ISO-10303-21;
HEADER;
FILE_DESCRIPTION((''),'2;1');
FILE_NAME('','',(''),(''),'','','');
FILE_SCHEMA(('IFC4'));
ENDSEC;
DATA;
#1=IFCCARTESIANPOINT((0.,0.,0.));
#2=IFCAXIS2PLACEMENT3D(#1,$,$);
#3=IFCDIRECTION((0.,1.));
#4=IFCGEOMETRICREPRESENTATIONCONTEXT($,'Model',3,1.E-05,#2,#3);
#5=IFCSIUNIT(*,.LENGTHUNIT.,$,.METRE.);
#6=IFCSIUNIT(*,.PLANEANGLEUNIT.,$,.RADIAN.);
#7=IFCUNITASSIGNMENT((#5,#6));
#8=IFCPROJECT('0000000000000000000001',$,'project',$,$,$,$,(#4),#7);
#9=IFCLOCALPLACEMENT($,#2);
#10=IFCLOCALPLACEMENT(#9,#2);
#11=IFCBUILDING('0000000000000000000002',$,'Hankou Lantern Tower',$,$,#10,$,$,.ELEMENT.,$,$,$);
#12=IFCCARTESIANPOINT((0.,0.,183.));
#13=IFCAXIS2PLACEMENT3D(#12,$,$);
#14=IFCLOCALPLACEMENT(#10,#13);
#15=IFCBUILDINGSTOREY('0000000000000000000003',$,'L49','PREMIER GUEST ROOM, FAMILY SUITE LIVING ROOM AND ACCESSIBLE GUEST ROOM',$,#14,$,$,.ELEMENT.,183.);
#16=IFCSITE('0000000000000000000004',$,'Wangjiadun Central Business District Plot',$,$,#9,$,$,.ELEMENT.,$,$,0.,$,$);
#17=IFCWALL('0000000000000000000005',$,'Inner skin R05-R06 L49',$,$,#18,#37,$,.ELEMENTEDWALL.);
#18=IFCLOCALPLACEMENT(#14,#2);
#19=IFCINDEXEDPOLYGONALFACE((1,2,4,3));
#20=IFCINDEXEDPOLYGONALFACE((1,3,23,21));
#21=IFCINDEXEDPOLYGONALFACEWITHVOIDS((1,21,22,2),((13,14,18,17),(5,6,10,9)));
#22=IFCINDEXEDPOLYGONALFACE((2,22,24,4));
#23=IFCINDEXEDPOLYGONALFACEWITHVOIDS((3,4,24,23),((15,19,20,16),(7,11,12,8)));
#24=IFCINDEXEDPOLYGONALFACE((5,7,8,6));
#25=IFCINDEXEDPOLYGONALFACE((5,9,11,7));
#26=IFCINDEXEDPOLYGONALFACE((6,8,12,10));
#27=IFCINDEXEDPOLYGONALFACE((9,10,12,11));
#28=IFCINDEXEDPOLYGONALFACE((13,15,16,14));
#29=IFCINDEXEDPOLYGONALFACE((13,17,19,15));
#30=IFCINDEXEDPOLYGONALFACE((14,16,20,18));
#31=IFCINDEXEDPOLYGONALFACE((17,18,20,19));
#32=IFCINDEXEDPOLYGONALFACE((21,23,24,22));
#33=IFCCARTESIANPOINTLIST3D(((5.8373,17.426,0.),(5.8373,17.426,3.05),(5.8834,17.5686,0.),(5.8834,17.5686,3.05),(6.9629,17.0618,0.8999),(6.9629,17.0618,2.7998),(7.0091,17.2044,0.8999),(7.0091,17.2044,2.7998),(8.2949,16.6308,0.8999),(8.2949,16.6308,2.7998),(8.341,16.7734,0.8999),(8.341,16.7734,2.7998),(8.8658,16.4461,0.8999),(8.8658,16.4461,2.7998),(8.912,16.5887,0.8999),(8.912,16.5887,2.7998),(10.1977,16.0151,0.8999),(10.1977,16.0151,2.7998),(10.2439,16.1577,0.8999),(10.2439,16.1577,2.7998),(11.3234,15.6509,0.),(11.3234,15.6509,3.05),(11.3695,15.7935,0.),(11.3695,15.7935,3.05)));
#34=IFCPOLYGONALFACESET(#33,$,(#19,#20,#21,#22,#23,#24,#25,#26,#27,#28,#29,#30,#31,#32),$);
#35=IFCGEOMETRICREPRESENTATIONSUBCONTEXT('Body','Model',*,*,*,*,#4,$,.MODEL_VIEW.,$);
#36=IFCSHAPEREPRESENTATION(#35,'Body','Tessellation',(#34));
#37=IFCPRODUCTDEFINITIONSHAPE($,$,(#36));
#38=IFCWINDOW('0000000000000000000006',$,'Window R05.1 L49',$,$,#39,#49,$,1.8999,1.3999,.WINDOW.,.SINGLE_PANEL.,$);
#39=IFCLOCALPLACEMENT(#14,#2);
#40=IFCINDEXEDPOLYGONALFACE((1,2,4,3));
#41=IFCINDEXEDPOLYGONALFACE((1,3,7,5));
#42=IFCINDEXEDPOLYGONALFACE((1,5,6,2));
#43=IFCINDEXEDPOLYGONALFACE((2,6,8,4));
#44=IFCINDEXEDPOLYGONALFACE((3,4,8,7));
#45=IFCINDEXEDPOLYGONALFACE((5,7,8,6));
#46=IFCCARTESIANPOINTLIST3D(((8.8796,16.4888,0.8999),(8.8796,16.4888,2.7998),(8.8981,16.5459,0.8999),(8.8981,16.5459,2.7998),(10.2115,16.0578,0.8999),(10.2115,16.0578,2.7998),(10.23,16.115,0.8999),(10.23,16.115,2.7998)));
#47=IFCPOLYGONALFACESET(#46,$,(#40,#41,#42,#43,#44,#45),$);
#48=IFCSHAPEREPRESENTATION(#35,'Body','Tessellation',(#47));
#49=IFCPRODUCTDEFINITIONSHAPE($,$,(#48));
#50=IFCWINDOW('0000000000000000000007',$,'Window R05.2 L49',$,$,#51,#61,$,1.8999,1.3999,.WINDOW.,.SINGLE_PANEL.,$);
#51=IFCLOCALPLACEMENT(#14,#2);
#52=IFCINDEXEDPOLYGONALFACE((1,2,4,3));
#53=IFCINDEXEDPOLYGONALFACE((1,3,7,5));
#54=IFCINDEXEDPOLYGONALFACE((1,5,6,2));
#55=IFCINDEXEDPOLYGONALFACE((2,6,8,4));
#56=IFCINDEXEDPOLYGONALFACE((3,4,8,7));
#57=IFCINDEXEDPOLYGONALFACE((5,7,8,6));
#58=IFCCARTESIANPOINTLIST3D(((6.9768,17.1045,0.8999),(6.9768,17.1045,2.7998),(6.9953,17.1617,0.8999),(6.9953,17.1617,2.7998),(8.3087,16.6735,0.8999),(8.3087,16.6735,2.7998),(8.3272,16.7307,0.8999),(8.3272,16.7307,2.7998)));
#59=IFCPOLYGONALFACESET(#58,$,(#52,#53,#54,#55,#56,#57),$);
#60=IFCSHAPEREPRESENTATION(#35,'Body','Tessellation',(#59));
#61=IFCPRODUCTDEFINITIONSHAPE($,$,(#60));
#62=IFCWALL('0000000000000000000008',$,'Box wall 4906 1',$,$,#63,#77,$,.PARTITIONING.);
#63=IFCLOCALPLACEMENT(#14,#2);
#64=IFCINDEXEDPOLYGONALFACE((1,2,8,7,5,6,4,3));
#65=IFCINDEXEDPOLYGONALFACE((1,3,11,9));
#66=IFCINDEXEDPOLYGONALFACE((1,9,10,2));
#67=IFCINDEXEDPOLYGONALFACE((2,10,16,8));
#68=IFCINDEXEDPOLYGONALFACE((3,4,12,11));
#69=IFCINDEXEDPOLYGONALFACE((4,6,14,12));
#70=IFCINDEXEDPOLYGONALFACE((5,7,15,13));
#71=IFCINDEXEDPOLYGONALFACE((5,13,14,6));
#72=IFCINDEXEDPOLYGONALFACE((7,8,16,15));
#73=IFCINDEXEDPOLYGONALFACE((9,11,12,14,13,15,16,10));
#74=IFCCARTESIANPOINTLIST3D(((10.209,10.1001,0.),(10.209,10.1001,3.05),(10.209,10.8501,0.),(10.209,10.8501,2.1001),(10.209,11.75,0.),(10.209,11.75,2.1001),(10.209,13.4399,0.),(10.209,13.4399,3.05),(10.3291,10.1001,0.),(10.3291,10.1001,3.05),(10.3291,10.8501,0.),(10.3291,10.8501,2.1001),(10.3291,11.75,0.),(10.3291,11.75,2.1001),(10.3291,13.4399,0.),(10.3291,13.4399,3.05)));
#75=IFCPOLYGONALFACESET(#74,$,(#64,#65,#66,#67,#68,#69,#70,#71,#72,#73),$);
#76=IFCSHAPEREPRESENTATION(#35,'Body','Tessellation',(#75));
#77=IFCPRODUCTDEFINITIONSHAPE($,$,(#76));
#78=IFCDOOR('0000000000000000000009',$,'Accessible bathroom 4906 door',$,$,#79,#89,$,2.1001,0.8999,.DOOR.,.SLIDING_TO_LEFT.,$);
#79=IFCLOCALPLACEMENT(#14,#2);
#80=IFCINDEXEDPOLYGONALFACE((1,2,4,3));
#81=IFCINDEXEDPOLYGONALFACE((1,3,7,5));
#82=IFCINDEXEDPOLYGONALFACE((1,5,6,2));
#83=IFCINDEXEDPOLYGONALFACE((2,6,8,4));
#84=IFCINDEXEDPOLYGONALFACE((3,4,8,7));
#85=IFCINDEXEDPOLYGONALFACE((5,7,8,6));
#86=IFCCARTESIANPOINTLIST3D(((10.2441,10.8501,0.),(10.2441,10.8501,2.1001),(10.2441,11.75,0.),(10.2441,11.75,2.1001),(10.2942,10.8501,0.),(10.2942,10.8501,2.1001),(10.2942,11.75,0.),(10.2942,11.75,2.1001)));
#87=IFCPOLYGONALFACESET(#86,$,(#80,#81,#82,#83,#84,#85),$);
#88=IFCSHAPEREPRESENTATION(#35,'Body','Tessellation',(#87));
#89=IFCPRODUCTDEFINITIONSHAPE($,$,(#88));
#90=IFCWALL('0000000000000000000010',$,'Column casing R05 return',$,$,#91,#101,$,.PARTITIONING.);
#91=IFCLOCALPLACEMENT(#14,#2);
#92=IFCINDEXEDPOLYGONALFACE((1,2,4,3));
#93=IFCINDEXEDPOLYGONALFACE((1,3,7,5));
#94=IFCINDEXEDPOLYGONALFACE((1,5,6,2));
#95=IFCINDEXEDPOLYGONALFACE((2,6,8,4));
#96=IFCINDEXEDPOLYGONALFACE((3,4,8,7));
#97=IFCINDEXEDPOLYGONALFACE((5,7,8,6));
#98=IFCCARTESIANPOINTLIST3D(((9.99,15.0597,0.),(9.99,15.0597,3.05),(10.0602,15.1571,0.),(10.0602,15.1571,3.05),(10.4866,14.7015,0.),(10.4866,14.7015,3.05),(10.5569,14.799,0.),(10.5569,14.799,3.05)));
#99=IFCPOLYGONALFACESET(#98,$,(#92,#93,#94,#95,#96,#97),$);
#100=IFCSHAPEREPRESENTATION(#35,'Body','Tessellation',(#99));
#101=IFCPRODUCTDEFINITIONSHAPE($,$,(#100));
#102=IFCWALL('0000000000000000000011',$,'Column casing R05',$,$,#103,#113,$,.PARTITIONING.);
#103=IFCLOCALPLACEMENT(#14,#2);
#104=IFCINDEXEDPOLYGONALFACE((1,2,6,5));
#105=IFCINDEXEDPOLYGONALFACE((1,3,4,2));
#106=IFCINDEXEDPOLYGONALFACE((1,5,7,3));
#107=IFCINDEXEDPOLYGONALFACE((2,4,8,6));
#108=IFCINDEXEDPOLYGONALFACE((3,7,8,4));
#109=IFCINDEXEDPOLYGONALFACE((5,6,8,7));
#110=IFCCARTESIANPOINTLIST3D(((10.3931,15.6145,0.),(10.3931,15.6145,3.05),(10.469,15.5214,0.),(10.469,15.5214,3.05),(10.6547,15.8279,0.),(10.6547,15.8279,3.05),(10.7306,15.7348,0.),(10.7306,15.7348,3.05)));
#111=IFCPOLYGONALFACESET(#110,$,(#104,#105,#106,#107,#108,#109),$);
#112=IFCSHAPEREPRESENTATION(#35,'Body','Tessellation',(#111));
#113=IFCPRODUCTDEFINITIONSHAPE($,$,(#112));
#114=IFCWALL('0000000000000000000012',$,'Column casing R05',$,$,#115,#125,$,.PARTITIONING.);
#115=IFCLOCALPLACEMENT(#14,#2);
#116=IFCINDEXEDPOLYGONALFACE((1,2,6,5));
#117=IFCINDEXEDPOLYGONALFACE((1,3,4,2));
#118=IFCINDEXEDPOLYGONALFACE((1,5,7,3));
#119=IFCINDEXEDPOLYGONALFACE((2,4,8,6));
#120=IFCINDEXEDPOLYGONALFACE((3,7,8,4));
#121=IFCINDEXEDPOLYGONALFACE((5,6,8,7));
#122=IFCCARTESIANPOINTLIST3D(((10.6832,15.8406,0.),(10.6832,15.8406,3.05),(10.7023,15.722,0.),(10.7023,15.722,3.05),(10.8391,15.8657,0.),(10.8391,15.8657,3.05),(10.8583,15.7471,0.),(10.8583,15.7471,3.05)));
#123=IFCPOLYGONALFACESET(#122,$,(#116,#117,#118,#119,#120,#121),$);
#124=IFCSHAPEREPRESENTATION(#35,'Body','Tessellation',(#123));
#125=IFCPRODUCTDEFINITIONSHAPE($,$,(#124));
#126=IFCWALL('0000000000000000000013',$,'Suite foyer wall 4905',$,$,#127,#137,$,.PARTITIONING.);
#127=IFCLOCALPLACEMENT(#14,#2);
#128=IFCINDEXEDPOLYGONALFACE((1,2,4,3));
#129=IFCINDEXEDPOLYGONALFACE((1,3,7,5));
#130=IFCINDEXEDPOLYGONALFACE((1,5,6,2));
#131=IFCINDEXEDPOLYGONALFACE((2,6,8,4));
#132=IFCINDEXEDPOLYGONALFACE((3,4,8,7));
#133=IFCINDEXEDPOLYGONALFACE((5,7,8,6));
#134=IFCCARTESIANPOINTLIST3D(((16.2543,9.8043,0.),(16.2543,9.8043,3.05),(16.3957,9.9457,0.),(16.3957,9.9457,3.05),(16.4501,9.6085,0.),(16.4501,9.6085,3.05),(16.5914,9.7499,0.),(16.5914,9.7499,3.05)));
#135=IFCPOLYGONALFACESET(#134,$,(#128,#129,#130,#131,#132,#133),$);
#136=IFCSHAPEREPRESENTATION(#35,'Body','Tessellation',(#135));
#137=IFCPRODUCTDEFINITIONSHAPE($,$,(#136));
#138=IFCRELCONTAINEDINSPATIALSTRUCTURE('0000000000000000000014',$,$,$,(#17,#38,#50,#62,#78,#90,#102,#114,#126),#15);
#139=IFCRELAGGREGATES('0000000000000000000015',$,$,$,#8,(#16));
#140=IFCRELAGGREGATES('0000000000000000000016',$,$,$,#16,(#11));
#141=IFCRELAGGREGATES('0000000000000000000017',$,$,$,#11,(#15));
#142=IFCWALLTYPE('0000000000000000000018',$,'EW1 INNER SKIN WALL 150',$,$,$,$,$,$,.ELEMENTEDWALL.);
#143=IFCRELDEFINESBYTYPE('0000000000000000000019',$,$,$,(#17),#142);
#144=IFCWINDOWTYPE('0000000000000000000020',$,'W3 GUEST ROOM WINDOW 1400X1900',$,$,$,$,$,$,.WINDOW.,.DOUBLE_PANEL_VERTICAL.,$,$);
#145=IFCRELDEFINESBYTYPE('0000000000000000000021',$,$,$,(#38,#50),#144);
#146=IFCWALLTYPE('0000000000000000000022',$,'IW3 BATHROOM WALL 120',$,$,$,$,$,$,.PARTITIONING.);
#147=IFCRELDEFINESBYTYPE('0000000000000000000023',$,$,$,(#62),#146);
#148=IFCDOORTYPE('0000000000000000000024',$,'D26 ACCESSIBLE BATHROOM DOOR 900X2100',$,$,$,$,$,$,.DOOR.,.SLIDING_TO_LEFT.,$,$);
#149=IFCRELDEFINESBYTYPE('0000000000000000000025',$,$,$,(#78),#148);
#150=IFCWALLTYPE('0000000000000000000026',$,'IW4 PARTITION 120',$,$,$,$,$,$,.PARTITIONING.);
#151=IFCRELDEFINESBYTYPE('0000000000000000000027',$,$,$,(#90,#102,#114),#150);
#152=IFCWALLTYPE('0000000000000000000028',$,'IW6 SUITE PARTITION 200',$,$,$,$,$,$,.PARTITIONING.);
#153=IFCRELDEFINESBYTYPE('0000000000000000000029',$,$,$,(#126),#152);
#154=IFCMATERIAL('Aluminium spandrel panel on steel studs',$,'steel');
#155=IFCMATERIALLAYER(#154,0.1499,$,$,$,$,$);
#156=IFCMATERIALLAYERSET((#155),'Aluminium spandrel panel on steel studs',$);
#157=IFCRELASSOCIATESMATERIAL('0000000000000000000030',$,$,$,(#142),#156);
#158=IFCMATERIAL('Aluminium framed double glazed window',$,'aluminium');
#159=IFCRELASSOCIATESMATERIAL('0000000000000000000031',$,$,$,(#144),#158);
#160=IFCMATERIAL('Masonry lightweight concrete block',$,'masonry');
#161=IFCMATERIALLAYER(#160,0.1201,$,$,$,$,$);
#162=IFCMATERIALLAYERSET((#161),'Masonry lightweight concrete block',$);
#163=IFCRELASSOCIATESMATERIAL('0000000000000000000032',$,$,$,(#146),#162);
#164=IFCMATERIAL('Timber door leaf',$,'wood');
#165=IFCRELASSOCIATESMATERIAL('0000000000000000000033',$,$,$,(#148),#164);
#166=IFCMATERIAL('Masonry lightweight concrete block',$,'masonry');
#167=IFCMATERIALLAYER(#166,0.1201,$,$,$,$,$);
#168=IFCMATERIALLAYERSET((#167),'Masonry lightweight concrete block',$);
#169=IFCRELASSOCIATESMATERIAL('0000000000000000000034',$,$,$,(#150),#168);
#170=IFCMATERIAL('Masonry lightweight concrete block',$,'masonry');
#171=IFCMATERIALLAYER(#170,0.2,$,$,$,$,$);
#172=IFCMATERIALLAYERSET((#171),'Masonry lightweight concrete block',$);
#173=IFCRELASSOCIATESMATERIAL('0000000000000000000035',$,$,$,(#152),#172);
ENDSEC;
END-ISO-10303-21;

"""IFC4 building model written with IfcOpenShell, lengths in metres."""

from ifc_helpers import new_model, si_unit, direction, frame, frame_2d, origin, place, context, subcontext, project, spatial, rectangle, extrude, material, layer, layer_set, type_object, element, fill, save


model = new_model("IFC4")

# Units and contexts
model_context = context("Model", 3, precision=1e-05, world=origin(), true_north=direction((0.0, 1.0)))
body_context = subcontext(model_context, "Body", "Model", "MODEL_VIEW")
ifc_project = project(units=[si_unit("LENGTHUNIT", "METRE"), si_unit("PLANEANGLEUNIT", "RADIAN")], contexts=[model_context])

# Site, building, storey
site_placement = place(None, origin())
site = spatial("IfcSite", under=ifc_project, at=site_placement, Name="Wangjiadun Central Business District Plot", CompositionType="ELEMENT", RefElevation=0.0)
building_placement = place(site_placement, origin())
building = spatial("IfcBuilding", under=site, at=building_placement, Name="Hankou Lantern Tower", CompositionType="ELEMENT")
storey_placement = place(building_placement, frame((0.0, 0.0, 183.0)))
storey = spatial("IfcBuildingStorey", under=building, at=storey_placement, Name="L49", Description="PREMIER GUEST ROOM, FAMILY SUITE LIVING ROOM AND ACCESSIBLE GUEST ROOM", CompositionType="ELEMENT", Elevation=183.0)

# Wall, openings, windows
ifc_material_1 = material(Name="Aluminium spandrel panel on steel studs", Category="steel")
ifc_layer_1 = layer(ifc_material_1, 0.1499)
ifc_layer_set_1 = layer_set([ifc_layer_1], Name="Aluminium spandrel panel on steel studs")
wall_type_1 = type_object("IfcWallType", Name="EW1 INNER SKIN WALL 150", PredefinedType="ELEMENTEDWALL", material=ifc_layer_set_1)
ifc_material_2 = material(Name="Aluminium framed double glazed window", Category="aluminium")
window_type = type_object("IfcWindowType", Name="W3 GUEST ROOM WINDOW 1400X1900", PartitioningType="DOUBLE_PANEL_VERTICAL", PredefinedType="WINDOW", material=ifc_material_2)
wall_1_placement = place(storey_placement, frame((11.3464, 15.7222, 0.0), z_axis=(0.0, 0.0, 1.0), x_axis=(-0.951432, 0.307857, 0.0)))
wall_1 = element("IfcWall", 1, at=wall_1_placement, inside=storey, type_object=wall_type_1, Name="Inner skin R05-R06 L49", PredefinedType="ELEMENTEDWALL", context=body_context, shape_type="SweptSolid", body=[
    extrude(rectangle(XDim=5.7661, YDim=0.1499, at=frame_2d((2.8831, 0.0))), origin(), (0.0, 0.0, 1.0), 3.05),
])
opening_1_placement = place(wall_1_placement, frame((1.1831, 0.0, 0.8999)))
opening_1 = element("IfcOpeningElement", 2, at=opening_1_placement, cuts=wall_1, PredefinedType="OPENING", context=body_context, shape_type="SweptSolid", body=[
    extrude(rectangle(XDim=1.3999, YDim=1.8999, at=frame_2d((0.7, 0.95))), frame((0.0, 0.085, 0.0), z_axis=(0.0, -1.0, 0.0), x_axis=(1.0, 0.0, 0.0)), (0.0, 0.0, 1.0), 0.1699),
])
opening_2_placement = place(wall_1_placement, frame((3.1831, 0.0, 0.8999)))
opening_2 = element("IfcOpeningElement", 3, at=opening_2_placement, cuts=wall_1, PredefinedType="OPENING", context=body_context, shape_type="SweptSolid", body=[
    extrude(rectangle(XDim=1.3999, YDim=1.8999, at=frame_2d((0.7, 0.95))), frame((0.0, 0.085, 0.0), z_axis=(0.0, -1.0, 0.0), x_axis=(1.0, 0.0, 0.0)), (0.0, 0.0, 1.0), 0.1699),
])
window_1_placement = place(opening_1_placement, origin())
window_1 = element("IfcWindow", 4, at=window_1_placement, inside=storey, type_object=window_type, Name="Window R05.1 L49", OverallHeight=1.8999, OverallWidth=1.3999, PartitioningType="SINGLE_PANEL", PredefinedType="WINDOW", context=body_context, shape_type="SweptSolid", body=[
    extrude(rectangle(XDim=1.3999, YDim=1.8999, at=frame_2d((0.7, 0.95))), frame((0.0, 0.03, 0.0), z_axis=(0.0, -1.0, 0.0), x_axis=(1.0, 0.0, 0.0)), (0.0, 0.0, 1.0), 0.0601),
])
fill(opening_1, window_1)
window_2_placement = place(opening_2_placement, origin())
window_2 = element("IfcWindow", 5, at=window_2_placement, inside=storey, type_object=window_type, Name="Window R05.2 L49", OverallHeight=1.8999, OverallWidth=1.3999, PartitioningType="SINGLE_PANEL", PredefinedType="WINDOW", context=body_context, shape_type="SweptSolid", body=[
    extrude(rectangle(XDim=1.3999, YDim=1.8999, at=frame_2d((0.7, 0.95))), frame((0.0, 0.03, 0.0), z_axis=(0.0, -1.0, 0.0), x_axis=(1.0, 0.0, 0.0)), (0.0, 0.0, 1.0), 0.0601),
])
fill(opening_2, window_2)

# Wall, opening, door
ifc_material_3 = material(Name="Masonry lightweight concrete block", Category="masonry")
ifc_layer_2 = layer(ifc_material_3, 0.1201)
ifc_layer_set_2 = layer_set([ifc_layer_2], Name="Masonry lightweight concrete block")
wall_type_2 = type_object("IfcWallType", Name="IW3 BATHROOM WALL 120", PredefinedType="PARTITIONING", material=ifc_layer_set_2)
wall_2_placement = place(storey_placement, frame((10.269, 10.1001, 0.0), z_axis=(0.0, 0.0, 1.0), x_axis=(0.0, 1.0, 0.0)))
wall_2 = element("IfcWall", 6, at=wall_2_placement, inside=storey, type_object=wall_type_2, Name="Box wall 4906 1", PredefinedType="PARTITIONING", context=body_context, shape_type="SweptSolid", body=[
    extrude(rectangle(XDim=3.3398, YDim=0.1201, at=frame_2d((1.6699, 0.0))), origin(), (0.0, 0.0, 1.0), 3.05),
])
opening_3_placement = place(wall_2_placement, frame((0.75, 0.0, 0.0)))
opening_3 = element("IfcOpeningElement", 7, at=opening_3_placement, cuts=wall_2, PredefinedType="OPENING", context=body_context, shape_type="SweptSolid", body=[
    extrude(rectangle(XDim=0.8999, YDim=2.1001, at=frame_2d((0.45, 1.05))), frame((0.0, 0.0701, 0.0), z_axis=(0.0, -1.0, 0.0), x_axis=(1.0, 0.0, 0.0)), (0.0, 0.0, 1.0), 0.1401),
])
ifc_material_4 = material(Name="Timber door leaf", Category="wood")
door_type = type_object("IfcDoorType", Name="D26 ACCESSIBLE BATHROOM DOOR 900X2100", OperationType="SLIDING_TO_LEFT", PredefinedType="DOOR", material=ifc_material_4)
door_placement = place(opening_3_placement, origin())
door = element("IfcDoor", 8, at=door_placement, inside=storey, type_object=door_type, Name="Accessible bathroom 4906 door", OperationType="SLIDING_TO_LEFT", OverallHeight=2.1001, OverallWidth=0.8999, PredefinedType="DOOR", context=body_context, shape_type="SweptSolid", body=[
    extrude(rectangle(XDim=0.8999, YDim=2.1001, at=frame_2d((0.45, 1.05))), frame((0.0, 0.0249, 0.0), z_axis=(0.0, -1.0, 0.0), x_axis=(1.0, 0.0, 0.0)), (0.0, 0.0, 1.0), 0.05),
])
fill(opening_3, door)

# Walls
ifc_material_5 = material(Name="Masonry lightweight concrete block", Category="masonry")
ifc_layer_3 = layer(ifc_material_5, 0.1201)
ifc_layer_set_3 = layer_set([ifc_layer_3], Name="Masonry lightweight concrete block")
wall_type_3 = type_object("IfcWallType", Name="IW4 PARTITION 120", PredefinedType="PARTITIONING", material=ifc_layer_set_3)
wall_3_placement = place(storey_placement, frame((10.5217, 14.7502, 0.0), z_axis=(0.0, 0.0, 1.0), x_axis=(-0.811058, 0.584966, 0.0)))
element("IfcWall", 9, at=wall_3_placement, inside=storey, type_object=wall_type_3, Name="Column casing R05 return", PredefinedType="PARTITIONING", context=body_context, shape_type="SweptSolid", body=[
    extrude(rectangle(XDim=0.6123, YDim=0.1201, at=frame_2d((0.3062, 0.0))), origin(), (0.0, 0.0, 1.0), 3.05),
])
wall_4_placement = place(storey_placement, frame((10.4309, 15.5679, 0.0), z_axis=(0.0, 0.0, 1.0), x_axis=(0.775051, 0.631898, 0.0)))
element("IfcWall", 10, at=wall_4_placement, inside=storey, type_object=wall_type_3, Name="Column casing R05", PredefinedType="PARTITIONING", context=body_context, shape_type="SweptSolid", body=[
    extrude(rectangle(XDim=0.3376, YDim=0.1201, at=frame_2d((0.1689, 0.0))), origin(), (0.0, 0.0, 1.0), 3.05),
])
wall_5_placement = place(storey_placement, frame((10.6926, 15.7812, 0.0), z_axis=(0.0, 0.0, 1.0), x_axis=(0.987257, 0.159135, 0.0)))
element("IfcWall", 11, at=wall_5_placement, inside=storey, type_object=wall_type_3, Name="Column casing R05", PredefinedType="PARTITIONING", context=body_context, shape_type="SweptSolid", body=[
    extrude(rectangle(XDim=0.158, YDim=0.1201, at=frame_2d((0.0791, 0.0))), origin(), (0.0, 0.0, 1.0), 3.05),
])
ifc_material_6 = material(Name="Masonry lightweight concrete block", Category="masonry")
ifc_layer_4 = layer(ifc_material_6, 0.2)
ifc_layer_set_4 = layer_set([ifc_layer_4], Name="Masonry lightweight concrete block")
wall_type_4 = type_object("IfcWallType", Name="IW6 SUITE PARTITION 200", PredefinedType="PARTITIONING", material=ifc_layer_set_4)
wall_6_placement = place(storey_placement, frame((16.5208, 9.6792, 0.0), z_axis=(0.0, 0.0, 1.0), x_axis=(-0.707107, 0.707107, 0.0)))
element("IfcWall", 12, at=wall_6_placement, inside=storey, type_object=wall_type_4, Name="Suite foyer wall 4905", PredefinedType="PARTITIONING", context=body_context, shape_type="SweptSolid", body=[
    extrude(rectangle(XDim=0.2769, YDim=0.2, at=frame_2d((0.1384, 0.0))), origin(), (0.0, 0.0, 1.0), 3.05),
])

save(model, "model.ifc")
